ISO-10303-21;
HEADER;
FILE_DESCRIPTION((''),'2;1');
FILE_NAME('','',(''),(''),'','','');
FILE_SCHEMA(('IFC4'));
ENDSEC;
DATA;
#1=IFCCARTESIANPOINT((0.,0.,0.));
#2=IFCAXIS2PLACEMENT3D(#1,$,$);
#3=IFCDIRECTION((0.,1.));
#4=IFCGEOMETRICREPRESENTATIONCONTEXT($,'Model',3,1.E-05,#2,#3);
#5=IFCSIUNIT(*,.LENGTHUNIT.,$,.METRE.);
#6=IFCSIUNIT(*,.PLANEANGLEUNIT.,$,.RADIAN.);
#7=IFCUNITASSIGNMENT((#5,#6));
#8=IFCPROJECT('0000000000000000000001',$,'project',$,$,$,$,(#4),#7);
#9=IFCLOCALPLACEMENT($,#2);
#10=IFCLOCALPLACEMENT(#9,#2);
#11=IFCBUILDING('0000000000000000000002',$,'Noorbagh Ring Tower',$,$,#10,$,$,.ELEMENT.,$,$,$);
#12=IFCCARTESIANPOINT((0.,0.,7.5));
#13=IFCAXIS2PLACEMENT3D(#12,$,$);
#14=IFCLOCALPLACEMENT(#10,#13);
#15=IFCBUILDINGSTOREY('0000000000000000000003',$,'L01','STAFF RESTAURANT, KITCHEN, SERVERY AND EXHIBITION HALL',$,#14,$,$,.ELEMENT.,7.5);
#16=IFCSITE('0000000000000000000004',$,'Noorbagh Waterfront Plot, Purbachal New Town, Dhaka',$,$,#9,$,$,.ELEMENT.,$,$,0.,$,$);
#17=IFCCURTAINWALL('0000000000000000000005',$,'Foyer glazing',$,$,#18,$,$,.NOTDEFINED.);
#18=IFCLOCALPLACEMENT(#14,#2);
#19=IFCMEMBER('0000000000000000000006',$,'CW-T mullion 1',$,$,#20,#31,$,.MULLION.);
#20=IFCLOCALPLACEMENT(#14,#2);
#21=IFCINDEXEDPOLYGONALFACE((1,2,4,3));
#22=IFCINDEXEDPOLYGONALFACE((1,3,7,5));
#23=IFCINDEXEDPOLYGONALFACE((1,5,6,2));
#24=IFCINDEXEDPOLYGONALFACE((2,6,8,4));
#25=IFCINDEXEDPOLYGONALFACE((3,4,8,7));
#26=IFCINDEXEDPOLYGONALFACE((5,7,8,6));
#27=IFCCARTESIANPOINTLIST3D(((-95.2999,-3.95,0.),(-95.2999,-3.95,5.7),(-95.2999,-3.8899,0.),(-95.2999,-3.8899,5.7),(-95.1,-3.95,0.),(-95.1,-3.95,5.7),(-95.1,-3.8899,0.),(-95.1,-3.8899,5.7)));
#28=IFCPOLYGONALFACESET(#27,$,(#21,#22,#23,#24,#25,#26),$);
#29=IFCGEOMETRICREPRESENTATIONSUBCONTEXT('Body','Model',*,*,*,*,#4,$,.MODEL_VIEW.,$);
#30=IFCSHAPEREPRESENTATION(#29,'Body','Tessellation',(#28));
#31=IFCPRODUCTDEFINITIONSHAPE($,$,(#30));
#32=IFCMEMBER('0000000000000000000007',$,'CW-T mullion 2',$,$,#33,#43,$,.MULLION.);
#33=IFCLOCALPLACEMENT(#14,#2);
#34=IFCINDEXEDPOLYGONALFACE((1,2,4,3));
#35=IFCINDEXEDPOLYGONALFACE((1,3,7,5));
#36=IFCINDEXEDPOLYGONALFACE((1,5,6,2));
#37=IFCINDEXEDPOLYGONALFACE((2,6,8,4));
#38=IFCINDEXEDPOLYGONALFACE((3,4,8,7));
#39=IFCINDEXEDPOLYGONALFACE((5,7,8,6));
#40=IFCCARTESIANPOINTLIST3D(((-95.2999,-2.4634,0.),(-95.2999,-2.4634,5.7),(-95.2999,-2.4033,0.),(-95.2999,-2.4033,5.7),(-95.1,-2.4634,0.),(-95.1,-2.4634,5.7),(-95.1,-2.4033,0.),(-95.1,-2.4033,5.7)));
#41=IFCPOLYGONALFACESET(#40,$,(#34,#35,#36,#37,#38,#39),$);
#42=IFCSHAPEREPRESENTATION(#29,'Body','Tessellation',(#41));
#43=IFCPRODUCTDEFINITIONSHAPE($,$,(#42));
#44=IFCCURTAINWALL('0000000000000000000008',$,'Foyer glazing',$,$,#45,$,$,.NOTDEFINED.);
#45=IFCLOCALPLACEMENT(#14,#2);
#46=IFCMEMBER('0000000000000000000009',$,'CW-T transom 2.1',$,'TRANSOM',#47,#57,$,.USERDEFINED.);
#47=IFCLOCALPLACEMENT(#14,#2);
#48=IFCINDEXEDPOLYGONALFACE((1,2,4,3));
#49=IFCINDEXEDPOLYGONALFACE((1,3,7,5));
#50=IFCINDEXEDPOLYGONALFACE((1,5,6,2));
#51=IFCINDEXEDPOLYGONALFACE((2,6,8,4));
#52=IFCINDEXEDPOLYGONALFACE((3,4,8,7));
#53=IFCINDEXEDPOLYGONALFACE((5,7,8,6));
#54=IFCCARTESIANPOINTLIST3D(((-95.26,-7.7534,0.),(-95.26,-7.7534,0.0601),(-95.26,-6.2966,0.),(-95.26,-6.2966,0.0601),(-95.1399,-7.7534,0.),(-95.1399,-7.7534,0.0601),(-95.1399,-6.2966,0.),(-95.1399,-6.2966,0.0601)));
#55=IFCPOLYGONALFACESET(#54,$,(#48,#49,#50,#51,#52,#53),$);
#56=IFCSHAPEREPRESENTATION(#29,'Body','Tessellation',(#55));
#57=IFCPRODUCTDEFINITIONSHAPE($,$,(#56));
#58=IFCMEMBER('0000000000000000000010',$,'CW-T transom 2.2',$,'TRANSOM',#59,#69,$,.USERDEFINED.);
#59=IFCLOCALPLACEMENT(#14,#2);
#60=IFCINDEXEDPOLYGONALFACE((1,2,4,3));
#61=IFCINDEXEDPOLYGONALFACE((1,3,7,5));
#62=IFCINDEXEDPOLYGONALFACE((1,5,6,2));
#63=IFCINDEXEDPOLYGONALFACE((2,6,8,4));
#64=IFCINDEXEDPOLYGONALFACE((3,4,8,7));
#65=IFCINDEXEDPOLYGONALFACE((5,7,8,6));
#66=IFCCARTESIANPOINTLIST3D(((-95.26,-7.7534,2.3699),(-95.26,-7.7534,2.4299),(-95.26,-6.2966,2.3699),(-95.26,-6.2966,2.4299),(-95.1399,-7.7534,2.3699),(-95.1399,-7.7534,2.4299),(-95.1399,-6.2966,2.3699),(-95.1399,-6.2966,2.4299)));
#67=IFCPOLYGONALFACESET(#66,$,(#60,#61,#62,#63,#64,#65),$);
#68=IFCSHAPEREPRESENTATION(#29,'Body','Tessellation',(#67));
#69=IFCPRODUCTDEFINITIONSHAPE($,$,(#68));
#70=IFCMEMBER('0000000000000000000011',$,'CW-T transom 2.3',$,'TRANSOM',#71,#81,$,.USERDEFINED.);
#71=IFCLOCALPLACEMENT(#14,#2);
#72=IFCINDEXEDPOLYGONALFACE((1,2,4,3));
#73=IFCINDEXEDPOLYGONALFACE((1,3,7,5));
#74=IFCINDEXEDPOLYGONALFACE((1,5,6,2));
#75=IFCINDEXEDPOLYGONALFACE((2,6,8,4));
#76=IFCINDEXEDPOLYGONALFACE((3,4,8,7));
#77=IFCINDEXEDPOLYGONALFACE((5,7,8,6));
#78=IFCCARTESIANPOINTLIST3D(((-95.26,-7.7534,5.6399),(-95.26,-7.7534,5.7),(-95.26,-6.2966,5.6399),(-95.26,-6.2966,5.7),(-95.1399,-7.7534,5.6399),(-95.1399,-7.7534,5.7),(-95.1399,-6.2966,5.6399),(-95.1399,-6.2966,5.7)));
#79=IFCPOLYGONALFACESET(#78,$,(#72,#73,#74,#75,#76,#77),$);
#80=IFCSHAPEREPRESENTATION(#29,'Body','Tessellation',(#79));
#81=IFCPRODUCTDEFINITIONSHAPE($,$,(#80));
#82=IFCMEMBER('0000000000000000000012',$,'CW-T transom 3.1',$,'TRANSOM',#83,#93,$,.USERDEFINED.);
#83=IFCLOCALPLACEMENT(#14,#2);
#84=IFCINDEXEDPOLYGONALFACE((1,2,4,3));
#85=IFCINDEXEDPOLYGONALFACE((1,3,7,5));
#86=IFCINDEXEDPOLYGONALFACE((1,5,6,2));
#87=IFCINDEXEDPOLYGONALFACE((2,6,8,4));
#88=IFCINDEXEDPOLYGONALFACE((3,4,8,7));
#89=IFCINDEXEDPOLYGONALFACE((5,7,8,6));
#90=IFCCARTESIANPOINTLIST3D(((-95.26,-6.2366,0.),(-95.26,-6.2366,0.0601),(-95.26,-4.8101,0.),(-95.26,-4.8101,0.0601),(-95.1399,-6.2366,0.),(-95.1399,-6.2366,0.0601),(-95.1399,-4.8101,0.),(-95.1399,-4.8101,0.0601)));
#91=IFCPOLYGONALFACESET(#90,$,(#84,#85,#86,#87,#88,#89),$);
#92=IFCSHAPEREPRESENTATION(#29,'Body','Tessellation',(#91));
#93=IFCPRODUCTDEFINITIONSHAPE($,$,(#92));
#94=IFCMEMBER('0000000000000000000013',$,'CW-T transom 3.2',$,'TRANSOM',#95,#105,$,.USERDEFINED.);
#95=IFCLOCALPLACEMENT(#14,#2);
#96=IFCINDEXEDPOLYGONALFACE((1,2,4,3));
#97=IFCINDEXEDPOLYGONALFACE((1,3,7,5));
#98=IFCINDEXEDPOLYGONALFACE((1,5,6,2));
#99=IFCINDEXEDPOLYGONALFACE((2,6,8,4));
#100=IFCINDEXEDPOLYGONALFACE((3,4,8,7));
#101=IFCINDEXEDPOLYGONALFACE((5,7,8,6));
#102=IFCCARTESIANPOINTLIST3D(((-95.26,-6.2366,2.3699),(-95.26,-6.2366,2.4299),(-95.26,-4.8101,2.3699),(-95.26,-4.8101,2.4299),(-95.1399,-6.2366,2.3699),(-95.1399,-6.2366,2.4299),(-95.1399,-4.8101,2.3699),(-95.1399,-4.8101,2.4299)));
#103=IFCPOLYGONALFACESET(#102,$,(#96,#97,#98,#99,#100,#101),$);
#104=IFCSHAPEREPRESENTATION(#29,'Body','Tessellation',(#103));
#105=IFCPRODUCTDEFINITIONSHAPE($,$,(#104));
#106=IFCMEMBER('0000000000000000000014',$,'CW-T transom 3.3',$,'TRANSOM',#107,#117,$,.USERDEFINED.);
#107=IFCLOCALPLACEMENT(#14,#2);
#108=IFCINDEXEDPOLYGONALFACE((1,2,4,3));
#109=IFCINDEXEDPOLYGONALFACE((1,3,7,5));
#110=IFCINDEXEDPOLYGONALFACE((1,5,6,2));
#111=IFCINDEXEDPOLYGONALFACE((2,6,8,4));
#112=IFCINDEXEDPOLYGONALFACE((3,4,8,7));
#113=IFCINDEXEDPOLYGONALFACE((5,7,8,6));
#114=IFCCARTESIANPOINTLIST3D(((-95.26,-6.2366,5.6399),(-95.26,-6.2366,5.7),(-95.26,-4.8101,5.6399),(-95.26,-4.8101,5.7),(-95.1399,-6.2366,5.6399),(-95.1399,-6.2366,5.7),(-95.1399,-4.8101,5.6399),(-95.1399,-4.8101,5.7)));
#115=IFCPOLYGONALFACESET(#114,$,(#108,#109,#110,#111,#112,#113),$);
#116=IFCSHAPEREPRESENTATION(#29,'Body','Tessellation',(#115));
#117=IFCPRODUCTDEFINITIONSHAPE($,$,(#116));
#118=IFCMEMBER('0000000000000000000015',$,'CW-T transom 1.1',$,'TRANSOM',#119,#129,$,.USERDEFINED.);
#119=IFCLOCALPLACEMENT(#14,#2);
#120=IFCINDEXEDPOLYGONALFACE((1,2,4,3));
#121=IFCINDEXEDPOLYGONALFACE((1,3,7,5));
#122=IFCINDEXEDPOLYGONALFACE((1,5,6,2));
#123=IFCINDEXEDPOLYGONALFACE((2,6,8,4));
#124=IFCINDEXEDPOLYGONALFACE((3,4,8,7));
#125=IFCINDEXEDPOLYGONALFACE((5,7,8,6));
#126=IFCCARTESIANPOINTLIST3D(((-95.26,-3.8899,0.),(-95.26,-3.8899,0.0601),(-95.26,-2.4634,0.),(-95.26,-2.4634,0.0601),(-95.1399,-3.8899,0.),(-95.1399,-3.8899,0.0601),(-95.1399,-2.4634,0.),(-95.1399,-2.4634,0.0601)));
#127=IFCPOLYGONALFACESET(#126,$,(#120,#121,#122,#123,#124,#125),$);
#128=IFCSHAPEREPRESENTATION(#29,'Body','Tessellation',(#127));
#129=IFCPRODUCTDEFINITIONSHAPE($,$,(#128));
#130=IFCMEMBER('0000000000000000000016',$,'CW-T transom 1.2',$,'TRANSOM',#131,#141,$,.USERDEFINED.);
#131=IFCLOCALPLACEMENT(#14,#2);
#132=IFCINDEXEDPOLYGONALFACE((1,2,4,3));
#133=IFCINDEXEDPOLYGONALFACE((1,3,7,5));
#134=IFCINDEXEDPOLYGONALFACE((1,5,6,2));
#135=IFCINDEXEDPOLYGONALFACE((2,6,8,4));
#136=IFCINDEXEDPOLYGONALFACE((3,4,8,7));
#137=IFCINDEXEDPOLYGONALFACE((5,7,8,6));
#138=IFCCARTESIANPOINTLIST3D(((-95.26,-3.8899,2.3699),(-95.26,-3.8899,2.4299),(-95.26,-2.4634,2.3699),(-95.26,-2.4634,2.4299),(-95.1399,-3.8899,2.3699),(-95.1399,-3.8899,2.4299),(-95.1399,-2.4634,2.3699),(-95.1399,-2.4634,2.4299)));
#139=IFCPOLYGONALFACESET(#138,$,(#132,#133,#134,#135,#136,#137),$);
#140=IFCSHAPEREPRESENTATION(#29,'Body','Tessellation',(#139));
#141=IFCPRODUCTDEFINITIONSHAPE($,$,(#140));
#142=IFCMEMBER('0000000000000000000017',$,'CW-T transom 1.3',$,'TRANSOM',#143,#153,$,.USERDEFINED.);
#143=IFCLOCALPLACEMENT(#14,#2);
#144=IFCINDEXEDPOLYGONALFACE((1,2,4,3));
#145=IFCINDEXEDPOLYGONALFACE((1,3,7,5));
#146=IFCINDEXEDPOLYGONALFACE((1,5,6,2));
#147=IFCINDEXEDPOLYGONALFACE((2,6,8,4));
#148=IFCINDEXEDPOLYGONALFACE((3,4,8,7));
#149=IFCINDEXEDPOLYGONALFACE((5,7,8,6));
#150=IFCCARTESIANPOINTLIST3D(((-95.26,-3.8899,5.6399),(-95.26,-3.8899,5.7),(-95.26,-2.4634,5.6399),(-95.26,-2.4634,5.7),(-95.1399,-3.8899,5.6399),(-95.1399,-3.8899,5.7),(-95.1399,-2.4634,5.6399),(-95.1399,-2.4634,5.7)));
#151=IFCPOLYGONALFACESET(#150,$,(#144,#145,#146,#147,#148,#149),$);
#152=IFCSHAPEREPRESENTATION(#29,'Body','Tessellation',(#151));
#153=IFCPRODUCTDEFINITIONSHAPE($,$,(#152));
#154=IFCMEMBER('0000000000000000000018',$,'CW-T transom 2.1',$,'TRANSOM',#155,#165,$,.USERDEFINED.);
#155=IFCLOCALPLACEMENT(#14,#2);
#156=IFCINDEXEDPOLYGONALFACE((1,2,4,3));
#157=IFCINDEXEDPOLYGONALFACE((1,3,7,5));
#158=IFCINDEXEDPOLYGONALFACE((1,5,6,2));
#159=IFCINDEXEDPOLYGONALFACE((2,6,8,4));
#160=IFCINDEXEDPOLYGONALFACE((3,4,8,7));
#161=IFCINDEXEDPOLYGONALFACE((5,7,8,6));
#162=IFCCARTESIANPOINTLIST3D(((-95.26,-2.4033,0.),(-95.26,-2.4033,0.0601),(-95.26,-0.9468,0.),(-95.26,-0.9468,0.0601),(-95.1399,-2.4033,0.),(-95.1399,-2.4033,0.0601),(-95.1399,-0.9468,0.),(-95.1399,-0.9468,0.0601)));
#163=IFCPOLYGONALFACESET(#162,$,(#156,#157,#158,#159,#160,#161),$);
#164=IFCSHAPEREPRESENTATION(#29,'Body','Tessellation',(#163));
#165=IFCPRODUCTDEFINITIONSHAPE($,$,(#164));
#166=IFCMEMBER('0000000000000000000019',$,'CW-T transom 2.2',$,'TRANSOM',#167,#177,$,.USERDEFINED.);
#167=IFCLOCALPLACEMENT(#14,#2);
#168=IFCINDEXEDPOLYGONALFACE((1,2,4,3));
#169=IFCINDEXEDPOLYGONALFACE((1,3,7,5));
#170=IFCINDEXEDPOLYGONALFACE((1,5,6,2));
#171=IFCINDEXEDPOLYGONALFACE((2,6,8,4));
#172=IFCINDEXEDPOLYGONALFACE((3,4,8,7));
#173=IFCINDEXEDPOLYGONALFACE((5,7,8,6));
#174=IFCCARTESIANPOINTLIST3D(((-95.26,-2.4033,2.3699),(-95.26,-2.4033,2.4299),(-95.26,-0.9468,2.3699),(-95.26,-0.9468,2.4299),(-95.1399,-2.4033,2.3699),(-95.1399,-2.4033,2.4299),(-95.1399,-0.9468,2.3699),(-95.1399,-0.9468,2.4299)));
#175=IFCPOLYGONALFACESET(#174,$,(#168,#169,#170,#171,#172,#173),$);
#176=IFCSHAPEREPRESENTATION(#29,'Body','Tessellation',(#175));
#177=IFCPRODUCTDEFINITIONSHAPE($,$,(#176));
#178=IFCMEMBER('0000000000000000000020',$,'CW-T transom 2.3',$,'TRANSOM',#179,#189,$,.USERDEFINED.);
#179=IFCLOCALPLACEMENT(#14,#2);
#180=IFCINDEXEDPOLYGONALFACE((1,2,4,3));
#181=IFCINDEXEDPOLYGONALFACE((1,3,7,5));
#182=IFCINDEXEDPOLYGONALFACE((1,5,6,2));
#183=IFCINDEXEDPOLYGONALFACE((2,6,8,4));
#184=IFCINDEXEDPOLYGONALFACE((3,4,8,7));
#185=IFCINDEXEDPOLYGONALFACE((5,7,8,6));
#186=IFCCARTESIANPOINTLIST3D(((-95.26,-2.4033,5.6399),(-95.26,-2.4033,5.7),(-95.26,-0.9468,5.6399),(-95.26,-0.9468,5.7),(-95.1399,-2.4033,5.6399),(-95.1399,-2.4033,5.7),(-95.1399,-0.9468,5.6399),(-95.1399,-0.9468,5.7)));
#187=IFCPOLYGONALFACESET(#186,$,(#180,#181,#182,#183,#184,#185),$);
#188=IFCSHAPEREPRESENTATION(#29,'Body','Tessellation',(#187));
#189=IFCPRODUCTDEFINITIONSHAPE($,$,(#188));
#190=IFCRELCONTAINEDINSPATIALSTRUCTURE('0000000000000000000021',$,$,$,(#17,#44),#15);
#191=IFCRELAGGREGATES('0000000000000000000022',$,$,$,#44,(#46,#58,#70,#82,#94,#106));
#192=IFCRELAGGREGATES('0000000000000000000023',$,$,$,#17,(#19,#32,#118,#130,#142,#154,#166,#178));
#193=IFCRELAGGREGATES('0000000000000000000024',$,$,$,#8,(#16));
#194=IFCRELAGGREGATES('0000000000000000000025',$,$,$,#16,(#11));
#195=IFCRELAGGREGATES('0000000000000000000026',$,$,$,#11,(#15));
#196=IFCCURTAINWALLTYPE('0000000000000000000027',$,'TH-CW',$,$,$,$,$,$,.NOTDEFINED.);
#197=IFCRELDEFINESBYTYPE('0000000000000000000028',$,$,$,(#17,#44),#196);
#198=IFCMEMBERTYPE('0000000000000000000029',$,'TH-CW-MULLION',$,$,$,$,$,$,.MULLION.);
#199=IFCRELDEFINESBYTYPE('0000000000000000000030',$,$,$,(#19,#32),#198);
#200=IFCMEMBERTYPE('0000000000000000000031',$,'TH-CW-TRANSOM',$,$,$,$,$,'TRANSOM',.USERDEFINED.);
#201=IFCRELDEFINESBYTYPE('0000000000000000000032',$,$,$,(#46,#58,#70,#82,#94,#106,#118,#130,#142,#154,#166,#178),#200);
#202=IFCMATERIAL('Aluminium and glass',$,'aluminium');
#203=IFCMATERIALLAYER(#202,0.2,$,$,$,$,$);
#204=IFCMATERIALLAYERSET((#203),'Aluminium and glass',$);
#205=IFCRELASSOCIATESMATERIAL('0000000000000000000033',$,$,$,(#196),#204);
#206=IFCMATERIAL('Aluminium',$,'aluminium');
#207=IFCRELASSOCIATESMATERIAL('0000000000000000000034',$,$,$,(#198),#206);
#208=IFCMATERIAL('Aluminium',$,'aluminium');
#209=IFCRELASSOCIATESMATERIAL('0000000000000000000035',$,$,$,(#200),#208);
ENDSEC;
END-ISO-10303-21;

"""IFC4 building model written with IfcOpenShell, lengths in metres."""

from ifc_helpers import new_model, si_unit, direction, frame, origin, origin_2d, place, context, subcontext, project, spatial, rectangle, extrude, material, layer, layer_set, material_profile, profile_set, type_object, element, aggregate, save


model = new_model("IFC4")

# Units and contexts
model_context = context("Model", 3, precision=1e-05, world=origin(), true_north=direction((0.0, 1.0)))
body_context = subcontext(model_context, "Body", "Model", "MODEL_VIEW")
ifc_project = project(units=[si_unit("LENGTHUNIT", "METRE"), si_unit("PLANEANGLEUNIT", "RADIAN")], contexts=[model_context])

# Site, building, storey
site_placement = place(None, origin())
site = spatial("IfcSite", under=ifc_project, at=site_placement, Name="Noorbagh Waterfront Plot, Purbachal New Town, Dhaka", CompositionType="ELEMENT", RefElevation=0.0)
building_placement = place(site_placement, origin())
building = spatial("IfcBuilding", under=site, at=building_placement, Name="Noorbagh Ring Tower", CompositionType="ELEMENT")
storey_placement = place(building_placement, frame((0.0, 0.0, 7.5)))
storey = spatial("IfcBuildingStorey", under=building, at=storey_placement, Name="L01", Description="STAFF RESTAURANT, KITCHEN, SERVERY AND EXHIBITION HALL", CompositionType="ELEMENT", Elevation=7.5)

# Curtain walls, members
ifc_material_1 = material(Name="Aluminium and glass", Category="aluminium")
ifc_layer_1 = layer(ifc_material_1, 0.2)
ifc_layer_set_1 = layer_set([ifc_layer_1], Name="Aluminium and glass")
curtain_wall_type = type_object("IfcCurtainWallType", Name="TH-CW", PredefinedType="NOTDEFINED", material=ifc_layer_set_1)
curtain_wall_1_placement = place(storey_placement, origin())
curtain_wall_1 = element("IfcCurtainWall", 1, at=curtain_wall_1_placement, inside=storey, type_object=curtain_wall_type, Name="Foyer glazing", PredefinedType="NOTDEFINED")
ifc_material_2 = material(Name="Aluminium", Category="aluminium")
ifc_material_profile_1 = material_profile(ifc_material_2, rectangle(XDim=0.2, YDim=0.0601, at=origin_2d()), Name="AL 200x60")
ifc_profile_set_1 = profile_set([ifc_material_profile_1], Name="Aluminium")
member_type_1 = type_object("IfcMemberType", Name="TH-CW-MULLION", PredefinedType="MULLION", material=ifc_profile_set_1)
member_1_placement = place(storey_placement, frame((-95.2, -3.9199, 0.0), z_axis=(0.0, 0.0, 1.0), x_axis=(-1.0, 0.0, 0.0)))
member_1 = element("IfcMember", 2, at=member_1_placement, type_object=member_type_1, Name="CW-T mullion 1", PredefinedType="MULLION", context=body_context, shape_type="SweptSolid", body=[
    extrude(rectangle(XDim=0.2, YDim=0.0601, at=origin_2d()), origin(), (0.0, 0.0, 1.0), 5.7),
])
member_2_placement = place(storey_placement, frame((-95.2, -2.4333, 0.0), z_axis=(0.0, 0.0, 1.0), x_axis=(-1.0, 0.0, 0.0)))
member_2 = element("IfcMember", 3, at=member_2_placement, type_object=member_type_1, Name="CW-T mullion 2", PredefinedType="MULLION", context=body_context, shape_type="SweptSolid", body=[
    extrude(rectangle(XDim=0.2, YDim=0.0601, at=origin_2d()), origin(), (0.0, 0.0, 1.0), 5.7),
])
curtain_wall_2_placement = place(storey_placement, origin())
curtain_wall_2 = element("IfcCurtainWall", 4, at=curtain_wall_2_placement, inside=storey, type_object=curtain_wall_type, Name="Foyer glazing", PredefinedType="NOTDEFINED")
ifc_material_3 = material(Name="Aluminium", Category="aluminium")
ifc_material_profile_2 = material_profile(ifc_material_3, rectangle(XDim=0.1201, YDim=0.0601, at=origin_2d()), Name="AL 120x60")
ifc_profile_set_2 = profile_set([ifc_material_profile_2], Name="Aluminium")
member_type_2 = type_object("IfcMemberType", Name="TH-CW-TRANSOM", ElementType="TRANSOM", PredefinedType="USERDEFINED", material=ifc_profile_set_2)
member_3_placement = place(storey_placement, frame((-95.2, -7.7534, 0.03), z_axis=(0.0, 1.0, 0.0), x_axis=(-1.0, 0.0, 0.0)))
member_3 = element("IfcMember", 5, at=member_3_placement, type_object=member_type_2, Name="CW-T transom 2.1", ObjectType="TRANSOM", PredefinedType="USERDEFINED", context=body_context, shape_type="SweptSolid", body=[
    extrude(rectangle(XDim=0.1201, YDim=0.0601, at=origin_2d()), origin(), (0.0, 0.0, 1.0), 1.4568),
])
member_4_placement = place(storey_placement, frame((-95.2, -7.7534, 2.3999), z_axis=(0.0, 1.0, 0.0), x_axis=(-1.0, 0.0, 0.0)))
member_4 = element("IfcMember", 6, at=member_4_placement, type_object=member_type_2, Name="CW-T transom 2.2", ObjectType="TRANSOM", PredefinedType="USERDEFINED", context=body_context, shape_type="SweptSolid", body=[
    extrude(rectangle(XDim=0.1201, YDim=0.0601, at=origin_2d()), origin(), (0.0, 0.0, 1.0), 1.4568),
])
member_5_placement = place(storey_placement, frame((-95.2, -7.7534, 5.6699), z_axis=(0.0, 1.0, 0.0), x_axis=(-1.0, 0.0, 0.0)))
member_5 = element("IfcMember", 7, at=member_5_placement, type_object=member_type_2, Name="CW-T transom 2.3", ObjectType="TRANSOM", PredefinedType="USERDEFINED", context=body_context, shape_type="SweptSolid", body=[
    extrude(rectangle(XDim=0.1201, YDim=0.0601, at=origin_2d()), origin(), (0.0, 0.0, 1.0), 1.4568),
])
member_6_placement = place(storey_placement, frame((-95.2, -6.2366, 0.03), z_axis=(0.0, 1.0, 0.0), x_axis=(-1.0, 0.0, 0.0)))
member_6 = element("IfcMember", 8, at=member_6_placement, type_object=member_type_2, Name="CW-T transom 3.1", ObjectType="TRANSOM", PredefinedType="USERDEFINED", context=body_context, shape_type="SweptSolid", body=[
    extrude(rectangle(XDim=0.1201, YDim=0.0601, at=origin_2d()), origin(), (0.0, 0.0, 1.0), 1.4265),
])
member_7_placement = place(storey_placement, frame((-95.2, -6.2366, 2.3999), z_axis=(0.0, 1.0, 0.0), x_axis=(-1.0, 0.0, 0.0)))
member_7 = element("IfcMember", 9, at=member_7_placement, type_object=member_type_2, Name="CW-T transom 3.2", ObjectType="TRANSOM", PredefinedType="USERDEFINED", context=body_context, shape_type="SweptSolid", body=[
    extrude(rectangle(XDim=0.1201, YDim=0.0601, at=origin_2d()), origin(), (0.0, 0.0, 1.0), 1.4265),
])
member_8_placement = place(storey_placement, frame((-95.2, -6.2366, 5.6699), z_axis=(0.0, 1.0, 0.0), x_axis=(-1.0, 0.0, 0.0)))
member_8 = element("IfcMember", 10, at=member_8_placement, type_object=member_type_2, Name="CW-T transom 3.3", ObjectType="TRANSOM", PredefinedType="USERDEFINED", context=body_context, shape_type="SweptSolid", body=[
    extrude(rectangle(XDim=0.1201, YDim=0.0601, at=origin_2d()), origin(), (0.0, 0.0, 1.0), 1.4265),
])

# Members
member_9_placement = place(storey_placement, frame((-95.2, -3.8899, 0.03), z_axis=(0.0, 1.0, 0.0), x_axis=(-1.0, 0.0, 0.0)))
member_9 = element("IfcMember", 11, at=member_9_placement, type_object=member_type_2, Name="CW-T transom 1.1", ObjectType="TRANSOM", PredefinedType="USERDEFINED", context=body_context, shape_type="SweptSolid", body=[
    extrude(rectangle(XDim=0.1201, YDim=0.0601, at=origin_2d()), origin(), (0.0, 0.0, 1.0), 1.4265),
])
member_10_placement = place(storey_placement, frame((-95.2, -3.8899, 2.3999), z_axis=(0.0, 1.0, 0.0), x_axis=(-1.0, 0.0, 0.0)))
member_10 = element("IfcMember", 12, at=member_10_placement, type_object=member_type_2, Name="CW-T transom 1.2", ObjectType="TRANSOM", PredefinedType="USERDEFINED", context=body_context, shape_type="SweptSolid", body=[
    extrude(rectangle(XDim=0.1201, YDim=0.0601, at=origin_2d()), origin(), (0.0, 0.0, 1.0), 1.4265),
])
member_11_placement = place(storey_placement, frame((-95.2, -3.8899, 5.6699), z_axis=(0.0, 1.0, 0.0), x_axis=(-1.0, 0.0, 0.0)))
member_11 = element("IfcMember", 13, at=member_11_placement, type_object=member_type_2, Name="CW-T transom 1.3", ObjectType="TRANSOM", PredefinedType="USERDEFINED", context=body_context, shape_type="SweptSolid", body=[
    extrude(rectangle(XDim=0.1201, YDim=0.0601, at=origin_2d()), origin(), (0.0, 0.0, 1.0), 1.4265),
])
member_12_placement = place(storey_placement, frame((-95.2, -2.4033, 0.03), z_axis=(0.0, 1.0, 0.0), x_axis=(-1.0, 0.0, 0.0)))
member_12 = element("IfcMember", 14, at=member_12_placement, type_object=member_type_2, Name="CW-T transom 2.1", ObjectType="TRANSOM", PredefinedType="USERDEFINED", context=body_context, shape_type="SweptSolid", body=[
    extrude(rectangle(XDim=0.1201, YDim=0.0601, at=origin_2d()), origin(), (0.0, 0.0, 1.0), 1.4565),
])
member_13_placement = place(storey_placement, frame((-95.2, -2.4033, 2.3999), z_axis=(0.0, 1.0, 0.0), x_axis=(-1.0, 0.0, 0.0)))
member_13 = element("IfcMember", 15, at=member_13_placement, type_object=member_type_2, Name="CW-T transom 2.2", ObjectType="TRANSOM", PredefinedType="USERDEFINED", context=body_context, shape_type="SweptSolid", body=[
    extrude(rectangle(XDim=0.1201, YDim=0.0601, at=origin_2d()), origin(), (0.0, 0.0, 1.0), 1.4565),
])
member_14_placement = place(storey_placement, frame((-95.2, -2.4033, 5.6699), z_axis=(0.0, 1.0, 0.0), x_axis=(-1.0, 0.0, 0.0)))
member_14 = element("IfcMember", 16, at=member_14_placement, type_object=member_type_2, Name="CW-T transom 2.3", ObjectType="TRANSOM", PredefinedType="USERDEFINED", context=body_context, shape_type="SweptSolid", body=[
    extrude(rectangle(XDim=0.1201, YDim=0.0601, at=origin_2d()), origin(), (0.0, 0.0, 1.0), 1.4565),
])

aggregate(curtain_wall_2, [member_3, member_4, member_5, member_6, member_7, member_8])
aggregate(curtain_wall_1, [member_1, member_2, member_9, member_10, member_11, member_12, member_13, member_14])

save(model, "model.ifc")
